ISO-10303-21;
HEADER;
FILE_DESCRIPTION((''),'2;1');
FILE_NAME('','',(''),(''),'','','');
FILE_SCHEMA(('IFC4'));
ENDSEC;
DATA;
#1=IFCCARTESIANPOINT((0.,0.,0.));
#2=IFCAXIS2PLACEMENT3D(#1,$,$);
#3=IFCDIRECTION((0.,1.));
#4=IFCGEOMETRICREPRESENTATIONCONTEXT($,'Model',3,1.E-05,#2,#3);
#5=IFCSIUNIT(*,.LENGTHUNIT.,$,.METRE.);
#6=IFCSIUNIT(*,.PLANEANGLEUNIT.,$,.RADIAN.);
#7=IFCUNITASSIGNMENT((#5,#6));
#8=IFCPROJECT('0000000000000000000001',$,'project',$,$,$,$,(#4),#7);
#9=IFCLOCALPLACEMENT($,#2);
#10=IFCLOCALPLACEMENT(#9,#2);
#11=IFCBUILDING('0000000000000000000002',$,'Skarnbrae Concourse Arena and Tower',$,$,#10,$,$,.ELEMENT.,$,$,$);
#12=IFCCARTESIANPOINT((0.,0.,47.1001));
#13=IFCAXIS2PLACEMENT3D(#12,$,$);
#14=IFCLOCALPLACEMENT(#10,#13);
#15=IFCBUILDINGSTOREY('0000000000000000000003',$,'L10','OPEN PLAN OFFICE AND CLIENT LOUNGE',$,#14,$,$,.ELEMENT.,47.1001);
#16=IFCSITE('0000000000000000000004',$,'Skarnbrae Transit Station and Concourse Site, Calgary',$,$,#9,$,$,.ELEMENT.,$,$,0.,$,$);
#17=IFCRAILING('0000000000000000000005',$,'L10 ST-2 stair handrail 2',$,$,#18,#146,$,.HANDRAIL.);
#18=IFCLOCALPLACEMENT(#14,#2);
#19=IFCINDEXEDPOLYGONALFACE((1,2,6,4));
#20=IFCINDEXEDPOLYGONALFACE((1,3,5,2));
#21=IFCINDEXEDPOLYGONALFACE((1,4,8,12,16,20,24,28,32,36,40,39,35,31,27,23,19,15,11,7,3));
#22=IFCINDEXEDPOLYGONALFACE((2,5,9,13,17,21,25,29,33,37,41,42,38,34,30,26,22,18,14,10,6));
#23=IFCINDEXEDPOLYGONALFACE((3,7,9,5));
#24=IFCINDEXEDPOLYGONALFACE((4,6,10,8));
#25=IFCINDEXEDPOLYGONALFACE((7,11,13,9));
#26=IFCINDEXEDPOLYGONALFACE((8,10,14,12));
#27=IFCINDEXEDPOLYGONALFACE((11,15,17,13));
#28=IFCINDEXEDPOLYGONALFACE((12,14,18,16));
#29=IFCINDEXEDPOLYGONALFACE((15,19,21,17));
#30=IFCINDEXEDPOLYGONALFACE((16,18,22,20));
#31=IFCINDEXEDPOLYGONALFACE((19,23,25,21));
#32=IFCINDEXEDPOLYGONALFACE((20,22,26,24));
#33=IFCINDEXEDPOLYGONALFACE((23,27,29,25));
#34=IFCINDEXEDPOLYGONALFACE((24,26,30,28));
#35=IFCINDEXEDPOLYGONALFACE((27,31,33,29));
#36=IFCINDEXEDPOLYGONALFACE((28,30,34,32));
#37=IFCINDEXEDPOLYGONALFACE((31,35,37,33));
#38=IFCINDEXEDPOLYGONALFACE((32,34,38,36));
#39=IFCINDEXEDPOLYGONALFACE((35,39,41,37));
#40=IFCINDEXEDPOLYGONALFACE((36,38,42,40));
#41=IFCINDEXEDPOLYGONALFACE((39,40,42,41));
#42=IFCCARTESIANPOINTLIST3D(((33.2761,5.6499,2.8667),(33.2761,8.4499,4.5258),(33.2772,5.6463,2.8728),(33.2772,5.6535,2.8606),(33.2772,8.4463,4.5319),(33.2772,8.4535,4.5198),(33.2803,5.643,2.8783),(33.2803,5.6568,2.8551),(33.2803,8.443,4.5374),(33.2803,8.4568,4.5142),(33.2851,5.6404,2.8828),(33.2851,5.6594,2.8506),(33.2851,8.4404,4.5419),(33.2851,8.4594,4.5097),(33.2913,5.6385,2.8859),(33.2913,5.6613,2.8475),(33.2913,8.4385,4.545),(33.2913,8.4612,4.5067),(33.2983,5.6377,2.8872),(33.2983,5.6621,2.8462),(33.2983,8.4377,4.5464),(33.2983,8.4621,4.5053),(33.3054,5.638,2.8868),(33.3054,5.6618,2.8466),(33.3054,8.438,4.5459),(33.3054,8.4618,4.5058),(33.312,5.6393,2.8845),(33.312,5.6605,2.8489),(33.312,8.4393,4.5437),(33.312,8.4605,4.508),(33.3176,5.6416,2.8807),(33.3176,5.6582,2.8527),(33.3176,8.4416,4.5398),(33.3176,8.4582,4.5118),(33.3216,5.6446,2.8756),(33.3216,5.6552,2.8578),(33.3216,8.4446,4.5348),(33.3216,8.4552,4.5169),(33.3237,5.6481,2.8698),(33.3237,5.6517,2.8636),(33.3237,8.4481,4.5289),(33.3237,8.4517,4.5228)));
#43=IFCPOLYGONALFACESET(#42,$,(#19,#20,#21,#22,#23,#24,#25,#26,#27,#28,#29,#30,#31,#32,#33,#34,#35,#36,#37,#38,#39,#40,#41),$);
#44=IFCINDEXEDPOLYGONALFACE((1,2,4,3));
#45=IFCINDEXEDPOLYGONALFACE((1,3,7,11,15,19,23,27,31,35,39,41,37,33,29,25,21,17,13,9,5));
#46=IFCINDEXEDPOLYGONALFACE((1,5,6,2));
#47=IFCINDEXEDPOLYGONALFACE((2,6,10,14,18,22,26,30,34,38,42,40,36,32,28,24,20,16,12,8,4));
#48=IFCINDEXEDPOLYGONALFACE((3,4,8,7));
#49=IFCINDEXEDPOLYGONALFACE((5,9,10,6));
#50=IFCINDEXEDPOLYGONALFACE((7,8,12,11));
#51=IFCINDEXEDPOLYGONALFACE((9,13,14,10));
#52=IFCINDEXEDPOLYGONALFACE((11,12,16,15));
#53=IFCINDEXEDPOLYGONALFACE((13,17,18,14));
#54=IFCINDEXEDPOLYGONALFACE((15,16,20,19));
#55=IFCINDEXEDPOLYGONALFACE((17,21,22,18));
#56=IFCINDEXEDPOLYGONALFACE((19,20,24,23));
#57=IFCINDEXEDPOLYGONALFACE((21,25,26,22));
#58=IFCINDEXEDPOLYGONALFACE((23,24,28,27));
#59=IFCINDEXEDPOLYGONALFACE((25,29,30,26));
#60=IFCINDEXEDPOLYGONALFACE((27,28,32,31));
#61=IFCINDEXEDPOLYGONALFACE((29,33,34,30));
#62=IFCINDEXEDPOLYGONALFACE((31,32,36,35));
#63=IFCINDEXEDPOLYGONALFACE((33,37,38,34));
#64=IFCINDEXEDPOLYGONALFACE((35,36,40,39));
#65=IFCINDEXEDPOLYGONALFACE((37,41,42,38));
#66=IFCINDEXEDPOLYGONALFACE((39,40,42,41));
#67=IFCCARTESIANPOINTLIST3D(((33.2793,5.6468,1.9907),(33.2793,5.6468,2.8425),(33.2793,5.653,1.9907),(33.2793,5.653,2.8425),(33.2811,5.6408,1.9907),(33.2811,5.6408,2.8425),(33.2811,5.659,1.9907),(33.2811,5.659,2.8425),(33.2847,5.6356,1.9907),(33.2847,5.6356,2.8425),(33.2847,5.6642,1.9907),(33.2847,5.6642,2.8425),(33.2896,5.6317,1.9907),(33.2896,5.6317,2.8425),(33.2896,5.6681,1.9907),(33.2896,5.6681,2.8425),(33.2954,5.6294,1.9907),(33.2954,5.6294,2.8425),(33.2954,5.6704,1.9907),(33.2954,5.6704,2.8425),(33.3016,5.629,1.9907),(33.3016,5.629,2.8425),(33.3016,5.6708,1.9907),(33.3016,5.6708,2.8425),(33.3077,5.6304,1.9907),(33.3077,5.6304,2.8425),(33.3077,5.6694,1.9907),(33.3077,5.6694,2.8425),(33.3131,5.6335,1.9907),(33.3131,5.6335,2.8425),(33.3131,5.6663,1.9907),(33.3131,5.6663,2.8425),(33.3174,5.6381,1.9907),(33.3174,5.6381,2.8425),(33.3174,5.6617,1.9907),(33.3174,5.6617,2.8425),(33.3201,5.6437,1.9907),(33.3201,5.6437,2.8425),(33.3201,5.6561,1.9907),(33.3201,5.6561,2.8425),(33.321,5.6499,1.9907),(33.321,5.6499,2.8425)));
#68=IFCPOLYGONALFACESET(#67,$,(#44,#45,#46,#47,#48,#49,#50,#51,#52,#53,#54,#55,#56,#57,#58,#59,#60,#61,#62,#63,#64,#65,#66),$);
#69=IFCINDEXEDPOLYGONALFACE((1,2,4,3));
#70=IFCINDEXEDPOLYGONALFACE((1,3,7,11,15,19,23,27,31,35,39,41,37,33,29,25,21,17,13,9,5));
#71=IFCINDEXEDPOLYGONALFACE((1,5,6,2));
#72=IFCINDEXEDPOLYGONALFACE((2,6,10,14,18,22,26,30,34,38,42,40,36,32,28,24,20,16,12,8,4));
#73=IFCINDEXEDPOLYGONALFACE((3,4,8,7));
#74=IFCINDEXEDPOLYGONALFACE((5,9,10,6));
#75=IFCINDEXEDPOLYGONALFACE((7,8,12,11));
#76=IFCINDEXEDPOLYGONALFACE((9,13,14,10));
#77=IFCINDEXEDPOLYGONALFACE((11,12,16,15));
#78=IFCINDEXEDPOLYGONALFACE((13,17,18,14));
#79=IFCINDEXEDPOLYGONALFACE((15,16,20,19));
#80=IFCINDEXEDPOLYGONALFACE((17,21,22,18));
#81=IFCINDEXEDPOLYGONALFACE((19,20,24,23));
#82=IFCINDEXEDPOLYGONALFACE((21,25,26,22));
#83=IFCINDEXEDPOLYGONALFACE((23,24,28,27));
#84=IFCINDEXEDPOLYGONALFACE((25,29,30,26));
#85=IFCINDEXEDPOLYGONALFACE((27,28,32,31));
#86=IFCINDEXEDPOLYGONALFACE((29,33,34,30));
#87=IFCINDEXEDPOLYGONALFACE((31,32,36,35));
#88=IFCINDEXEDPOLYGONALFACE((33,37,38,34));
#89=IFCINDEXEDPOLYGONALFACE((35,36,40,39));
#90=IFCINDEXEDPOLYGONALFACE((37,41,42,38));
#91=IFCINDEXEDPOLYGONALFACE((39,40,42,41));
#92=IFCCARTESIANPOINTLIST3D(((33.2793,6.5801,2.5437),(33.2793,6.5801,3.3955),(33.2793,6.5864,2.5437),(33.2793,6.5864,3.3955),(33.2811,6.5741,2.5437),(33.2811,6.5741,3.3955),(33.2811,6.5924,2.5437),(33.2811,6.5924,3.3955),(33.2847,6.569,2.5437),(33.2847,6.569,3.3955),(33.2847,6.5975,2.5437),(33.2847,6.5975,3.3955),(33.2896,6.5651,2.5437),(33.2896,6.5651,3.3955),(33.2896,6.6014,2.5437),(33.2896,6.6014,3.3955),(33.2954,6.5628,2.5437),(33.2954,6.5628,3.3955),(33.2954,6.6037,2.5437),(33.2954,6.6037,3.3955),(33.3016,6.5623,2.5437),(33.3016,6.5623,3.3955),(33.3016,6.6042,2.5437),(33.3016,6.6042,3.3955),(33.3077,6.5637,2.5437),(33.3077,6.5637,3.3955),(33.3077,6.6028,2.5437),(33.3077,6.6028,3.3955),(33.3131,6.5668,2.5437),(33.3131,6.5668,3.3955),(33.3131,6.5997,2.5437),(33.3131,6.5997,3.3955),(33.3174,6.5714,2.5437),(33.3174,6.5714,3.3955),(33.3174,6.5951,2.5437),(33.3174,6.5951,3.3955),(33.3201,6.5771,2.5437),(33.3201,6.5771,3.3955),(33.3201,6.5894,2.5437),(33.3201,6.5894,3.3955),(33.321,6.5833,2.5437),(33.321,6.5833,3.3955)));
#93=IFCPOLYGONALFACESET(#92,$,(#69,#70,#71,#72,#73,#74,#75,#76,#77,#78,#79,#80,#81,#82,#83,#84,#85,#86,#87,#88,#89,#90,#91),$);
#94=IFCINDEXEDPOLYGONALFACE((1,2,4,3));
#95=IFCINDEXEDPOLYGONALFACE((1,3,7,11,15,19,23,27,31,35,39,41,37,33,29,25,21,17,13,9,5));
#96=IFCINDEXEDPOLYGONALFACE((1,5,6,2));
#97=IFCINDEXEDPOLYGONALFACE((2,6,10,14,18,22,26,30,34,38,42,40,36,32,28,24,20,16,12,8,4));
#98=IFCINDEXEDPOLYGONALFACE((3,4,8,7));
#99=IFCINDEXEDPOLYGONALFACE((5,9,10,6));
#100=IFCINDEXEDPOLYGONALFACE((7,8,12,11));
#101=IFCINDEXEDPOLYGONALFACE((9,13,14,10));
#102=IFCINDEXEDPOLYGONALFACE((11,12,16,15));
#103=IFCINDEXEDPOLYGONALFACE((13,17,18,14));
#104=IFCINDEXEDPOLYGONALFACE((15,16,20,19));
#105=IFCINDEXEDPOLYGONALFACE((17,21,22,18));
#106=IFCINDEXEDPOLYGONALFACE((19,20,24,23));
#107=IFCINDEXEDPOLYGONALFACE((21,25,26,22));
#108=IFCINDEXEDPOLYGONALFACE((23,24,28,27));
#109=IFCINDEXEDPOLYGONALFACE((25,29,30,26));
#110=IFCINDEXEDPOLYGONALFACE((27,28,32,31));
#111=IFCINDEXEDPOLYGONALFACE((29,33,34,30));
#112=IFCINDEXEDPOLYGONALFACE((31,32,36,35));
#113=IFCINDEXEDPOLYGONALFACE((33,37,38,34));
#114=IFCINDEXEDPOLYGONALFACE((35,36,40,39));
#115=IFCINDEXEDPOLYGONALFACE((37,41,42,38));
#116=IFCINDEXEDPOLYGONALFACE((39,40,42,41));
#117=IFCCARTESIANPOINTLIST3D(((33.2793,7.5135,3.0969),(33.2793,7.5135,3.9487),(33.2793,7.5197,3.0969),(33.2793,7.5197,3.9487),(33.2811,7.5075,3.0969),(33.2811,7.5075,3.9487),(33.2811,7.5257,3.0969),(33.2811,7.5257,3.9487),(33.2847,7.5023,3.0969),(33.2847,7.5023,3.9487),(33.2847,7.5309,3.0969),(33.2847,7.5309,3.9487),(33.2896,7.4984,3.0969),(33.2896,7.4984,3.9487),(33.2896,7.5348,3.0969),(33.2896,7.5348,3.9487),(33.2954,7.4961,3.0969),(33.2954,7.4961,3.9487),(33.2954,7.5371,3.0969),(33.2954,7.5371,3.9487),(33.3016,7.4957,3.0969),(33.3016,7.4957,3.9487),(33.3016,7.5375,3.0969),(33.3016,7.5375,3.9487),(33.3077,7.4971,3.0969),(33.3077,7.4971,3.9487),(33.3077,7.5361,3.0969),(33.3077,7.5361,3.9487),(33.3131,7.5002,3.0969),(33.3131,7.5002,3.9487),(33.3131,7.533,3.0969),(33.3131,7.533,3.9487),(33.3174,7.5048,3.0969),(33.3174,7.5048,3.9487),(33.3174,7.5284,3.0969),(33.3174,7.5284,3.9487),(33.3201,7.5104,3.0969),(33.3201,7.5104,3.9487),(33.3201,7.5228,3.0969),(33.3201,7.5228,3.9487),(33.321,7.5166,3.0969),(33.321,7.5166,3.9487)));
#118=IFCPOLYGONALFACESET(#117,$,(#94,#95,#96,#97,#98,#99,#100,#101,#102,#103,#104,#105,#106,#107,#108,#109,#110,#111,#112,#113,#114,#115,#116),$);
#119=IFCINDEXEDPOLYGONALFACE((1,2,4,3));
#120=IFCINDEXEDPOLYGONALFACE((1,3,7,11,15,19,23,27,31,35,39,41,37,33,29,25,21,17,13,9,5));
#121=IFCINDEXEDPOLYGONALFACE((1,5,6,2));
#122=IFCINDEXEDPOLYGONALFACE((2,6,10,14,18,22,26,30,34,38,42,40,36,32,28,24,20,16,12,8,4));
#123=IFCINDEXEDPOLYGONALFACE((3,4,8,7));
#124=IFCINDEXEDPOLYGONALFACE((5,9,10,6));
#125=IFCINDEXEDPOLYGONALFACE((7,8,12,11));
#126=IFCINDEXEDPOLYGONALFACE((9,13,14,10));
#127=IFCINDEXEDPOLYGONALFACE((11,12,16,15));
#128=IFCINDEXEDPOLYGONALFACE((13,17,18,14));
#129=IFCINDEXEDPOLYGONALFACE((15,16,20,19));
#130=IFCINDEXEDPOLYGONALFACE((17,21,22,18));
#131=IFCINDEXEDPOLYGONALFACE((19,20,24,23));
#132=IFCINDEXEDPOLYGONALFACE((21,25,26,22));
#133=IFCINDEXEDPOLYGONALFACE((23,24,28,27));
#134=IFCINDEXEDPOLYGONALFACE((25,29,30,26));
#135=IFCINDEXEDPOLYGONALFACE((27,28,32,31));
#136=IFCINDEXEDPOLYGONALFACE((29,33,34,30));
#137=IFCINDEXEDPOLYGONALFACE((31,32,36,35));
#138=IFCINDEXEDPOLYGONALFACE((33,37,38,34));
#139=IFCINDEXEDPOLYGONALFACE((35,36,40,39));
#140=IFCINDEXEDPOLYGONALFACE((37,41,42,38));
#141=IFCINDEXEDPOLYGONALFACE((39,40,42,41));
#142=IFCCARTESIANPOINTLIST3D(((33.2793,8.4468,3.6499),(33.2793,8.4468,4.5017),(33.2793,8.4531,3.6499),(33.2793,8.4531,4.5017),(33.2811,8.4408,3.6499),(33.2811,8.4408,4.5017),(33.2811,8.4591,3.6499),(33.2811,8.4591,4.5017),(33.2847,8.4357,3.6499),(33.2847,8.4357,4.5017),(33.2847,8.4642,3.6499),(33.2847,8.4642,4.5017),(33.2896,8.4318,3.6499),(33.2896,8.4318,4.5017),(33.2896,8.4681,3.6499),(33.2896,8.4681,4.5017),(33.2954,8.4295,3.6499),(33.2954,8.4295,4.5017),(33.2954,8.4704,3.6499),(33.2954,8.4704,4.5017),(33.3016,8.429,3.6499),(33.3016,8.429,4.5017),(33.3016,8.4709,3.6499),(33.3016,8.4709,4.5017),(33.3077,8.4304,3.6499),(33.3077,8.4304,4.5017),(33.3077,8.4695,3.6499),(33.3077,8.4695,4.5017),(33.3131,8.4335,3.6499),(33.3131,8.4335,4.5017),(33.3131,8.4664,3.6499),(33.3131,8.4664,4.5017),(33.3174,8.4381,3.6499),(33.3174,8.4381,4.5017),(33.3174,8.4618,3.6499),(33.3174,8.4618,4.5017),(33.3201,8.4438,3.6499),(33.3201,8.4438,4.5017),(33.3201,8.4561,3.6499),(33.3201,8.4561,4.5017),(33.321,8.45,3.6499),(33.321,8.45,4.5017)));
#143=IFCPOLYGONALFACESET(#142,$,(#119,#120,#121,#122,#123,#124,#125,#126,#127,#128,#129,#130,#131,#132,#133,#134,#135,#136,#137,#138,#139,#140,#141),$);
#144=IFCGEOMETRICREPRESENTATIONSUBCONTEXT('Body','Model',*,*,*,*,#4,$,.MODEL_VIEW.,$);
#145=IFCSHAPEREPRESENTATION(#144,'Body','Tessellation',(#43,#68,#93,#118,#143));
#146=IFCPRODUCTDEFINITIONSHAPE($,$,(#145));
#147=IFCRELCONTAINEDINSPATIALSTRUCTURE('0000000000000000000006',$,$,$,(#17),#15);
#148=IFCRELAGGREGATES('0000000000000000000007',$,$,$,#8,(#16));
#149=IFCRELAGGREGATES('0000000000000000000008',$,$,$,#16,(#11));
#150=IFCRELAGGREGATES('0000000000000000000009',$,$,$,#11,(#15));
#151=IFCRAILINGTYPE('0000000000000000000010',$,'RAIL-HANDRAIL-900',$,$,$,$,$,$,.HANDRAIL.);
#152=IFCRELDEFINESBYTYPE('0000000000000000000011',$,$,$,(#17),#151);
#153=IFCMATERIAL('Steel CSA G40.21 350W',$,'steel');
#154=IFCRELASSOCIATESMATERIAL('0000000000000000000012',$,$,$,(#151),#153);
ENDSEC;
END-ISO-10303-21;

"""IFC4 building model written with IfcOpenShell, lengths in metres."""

from ifc_helpers import new_model, si_unit, direction, frame, origin, origin_2d, place, context, subcontext, project, spatial, circle, extrude, material, type_object, element, save


model = new_model("IFC4")

# Units and contexts
model_context = context("Model", 3, precision=1e-05, world=origin(), true_north=direction((0.0, 1.0)))
body_context = subcontext(model_context, "Body", "Model", "MODEL_VIEW")
ifc_project = project(units=[si_unit("LENGTHUNIT", "METRE"), si_unit("PLANEANGLEUNIT", "RADIAN")], contexts=[model_context])

# Site, building, storey
site_placement = place(None, origin())
site = spatial("IfcSite", under=ifc_project, at=site_placement, Name="Skarnbrae Transit Station and Concourse Site, Calgary", CompositionType="ELEMENT", RefElevation=0.0)
building_placement = place(site_placement, origin())
building = spatial("IfcBuilding", under=site, at=building_placement, Name="Skarnbrae Concourse Arena and Tower", CompositionType="ELEMENT")
storey_placement = place(building_placement, frame((0.0, 0.0, 47.1001)))
storey = spatial("IfcBuildingStorey", under=building, at=storey_placement, Name="L10", Description="OPEN PLAN OFFICE AND CLIENT LOUNGE", CompositionType="ELEMENT", Elevation=47.1001)

# Shared definitions
ifc_material_1 = material(Name="Steel CSA G40.21 350W", Category="steel")

# Railing
railing_type_1 = type_object("IfcRailingType", Name="RAIL-HANDRAIL-900", PredefinedType="HANDRAIL", material=ifc_material_1)
railing_1_placement = place(storey_placement, frame((33.3, 5.6499, 1.9907)))
element("IfcRailing", 1, at=railing_1_placement, inside=storey, type_object=railing_type_1, Name="L10 ST-2 stair handrail 2", PredefinedType="HANDRAIL", context=body_context, shape_type="SweptSolid", body=[
    extrude(circle(Radius=0.0239, at=origin_2d()), frame((0.0, 0.0, 0.876), z_axis=(0.0, 0.860306, 0.509778), x_axis=(-1.0, 0.0, 0.0)), (0.0, 0.0, 1.0), 3.2546),
    extrude(circle(Radius=0.021, at=origin_2d()), origin(), (0.0, 0.0, 1.0), 0.8518),
    extrude(circle(Radius=0.021, at=origin_2d()), frame((0.0, 0.9333, 0.553)), (0.0, 0.0, 1.0), 0.8518),
    extrude(circle(Radius=0.021, at=origin_2d()), frame((0.0, 1.8667, 1.1062)), (0.0, 0.0, 1.0), 0.8518),
    extrude(circle(Radius=0.021, at=origin_2d()), frame((0.0, 2.8, 1.6592)), (0.0, 0.0, 1.0), 0.8518),
])

save(model, "model.ifc")
